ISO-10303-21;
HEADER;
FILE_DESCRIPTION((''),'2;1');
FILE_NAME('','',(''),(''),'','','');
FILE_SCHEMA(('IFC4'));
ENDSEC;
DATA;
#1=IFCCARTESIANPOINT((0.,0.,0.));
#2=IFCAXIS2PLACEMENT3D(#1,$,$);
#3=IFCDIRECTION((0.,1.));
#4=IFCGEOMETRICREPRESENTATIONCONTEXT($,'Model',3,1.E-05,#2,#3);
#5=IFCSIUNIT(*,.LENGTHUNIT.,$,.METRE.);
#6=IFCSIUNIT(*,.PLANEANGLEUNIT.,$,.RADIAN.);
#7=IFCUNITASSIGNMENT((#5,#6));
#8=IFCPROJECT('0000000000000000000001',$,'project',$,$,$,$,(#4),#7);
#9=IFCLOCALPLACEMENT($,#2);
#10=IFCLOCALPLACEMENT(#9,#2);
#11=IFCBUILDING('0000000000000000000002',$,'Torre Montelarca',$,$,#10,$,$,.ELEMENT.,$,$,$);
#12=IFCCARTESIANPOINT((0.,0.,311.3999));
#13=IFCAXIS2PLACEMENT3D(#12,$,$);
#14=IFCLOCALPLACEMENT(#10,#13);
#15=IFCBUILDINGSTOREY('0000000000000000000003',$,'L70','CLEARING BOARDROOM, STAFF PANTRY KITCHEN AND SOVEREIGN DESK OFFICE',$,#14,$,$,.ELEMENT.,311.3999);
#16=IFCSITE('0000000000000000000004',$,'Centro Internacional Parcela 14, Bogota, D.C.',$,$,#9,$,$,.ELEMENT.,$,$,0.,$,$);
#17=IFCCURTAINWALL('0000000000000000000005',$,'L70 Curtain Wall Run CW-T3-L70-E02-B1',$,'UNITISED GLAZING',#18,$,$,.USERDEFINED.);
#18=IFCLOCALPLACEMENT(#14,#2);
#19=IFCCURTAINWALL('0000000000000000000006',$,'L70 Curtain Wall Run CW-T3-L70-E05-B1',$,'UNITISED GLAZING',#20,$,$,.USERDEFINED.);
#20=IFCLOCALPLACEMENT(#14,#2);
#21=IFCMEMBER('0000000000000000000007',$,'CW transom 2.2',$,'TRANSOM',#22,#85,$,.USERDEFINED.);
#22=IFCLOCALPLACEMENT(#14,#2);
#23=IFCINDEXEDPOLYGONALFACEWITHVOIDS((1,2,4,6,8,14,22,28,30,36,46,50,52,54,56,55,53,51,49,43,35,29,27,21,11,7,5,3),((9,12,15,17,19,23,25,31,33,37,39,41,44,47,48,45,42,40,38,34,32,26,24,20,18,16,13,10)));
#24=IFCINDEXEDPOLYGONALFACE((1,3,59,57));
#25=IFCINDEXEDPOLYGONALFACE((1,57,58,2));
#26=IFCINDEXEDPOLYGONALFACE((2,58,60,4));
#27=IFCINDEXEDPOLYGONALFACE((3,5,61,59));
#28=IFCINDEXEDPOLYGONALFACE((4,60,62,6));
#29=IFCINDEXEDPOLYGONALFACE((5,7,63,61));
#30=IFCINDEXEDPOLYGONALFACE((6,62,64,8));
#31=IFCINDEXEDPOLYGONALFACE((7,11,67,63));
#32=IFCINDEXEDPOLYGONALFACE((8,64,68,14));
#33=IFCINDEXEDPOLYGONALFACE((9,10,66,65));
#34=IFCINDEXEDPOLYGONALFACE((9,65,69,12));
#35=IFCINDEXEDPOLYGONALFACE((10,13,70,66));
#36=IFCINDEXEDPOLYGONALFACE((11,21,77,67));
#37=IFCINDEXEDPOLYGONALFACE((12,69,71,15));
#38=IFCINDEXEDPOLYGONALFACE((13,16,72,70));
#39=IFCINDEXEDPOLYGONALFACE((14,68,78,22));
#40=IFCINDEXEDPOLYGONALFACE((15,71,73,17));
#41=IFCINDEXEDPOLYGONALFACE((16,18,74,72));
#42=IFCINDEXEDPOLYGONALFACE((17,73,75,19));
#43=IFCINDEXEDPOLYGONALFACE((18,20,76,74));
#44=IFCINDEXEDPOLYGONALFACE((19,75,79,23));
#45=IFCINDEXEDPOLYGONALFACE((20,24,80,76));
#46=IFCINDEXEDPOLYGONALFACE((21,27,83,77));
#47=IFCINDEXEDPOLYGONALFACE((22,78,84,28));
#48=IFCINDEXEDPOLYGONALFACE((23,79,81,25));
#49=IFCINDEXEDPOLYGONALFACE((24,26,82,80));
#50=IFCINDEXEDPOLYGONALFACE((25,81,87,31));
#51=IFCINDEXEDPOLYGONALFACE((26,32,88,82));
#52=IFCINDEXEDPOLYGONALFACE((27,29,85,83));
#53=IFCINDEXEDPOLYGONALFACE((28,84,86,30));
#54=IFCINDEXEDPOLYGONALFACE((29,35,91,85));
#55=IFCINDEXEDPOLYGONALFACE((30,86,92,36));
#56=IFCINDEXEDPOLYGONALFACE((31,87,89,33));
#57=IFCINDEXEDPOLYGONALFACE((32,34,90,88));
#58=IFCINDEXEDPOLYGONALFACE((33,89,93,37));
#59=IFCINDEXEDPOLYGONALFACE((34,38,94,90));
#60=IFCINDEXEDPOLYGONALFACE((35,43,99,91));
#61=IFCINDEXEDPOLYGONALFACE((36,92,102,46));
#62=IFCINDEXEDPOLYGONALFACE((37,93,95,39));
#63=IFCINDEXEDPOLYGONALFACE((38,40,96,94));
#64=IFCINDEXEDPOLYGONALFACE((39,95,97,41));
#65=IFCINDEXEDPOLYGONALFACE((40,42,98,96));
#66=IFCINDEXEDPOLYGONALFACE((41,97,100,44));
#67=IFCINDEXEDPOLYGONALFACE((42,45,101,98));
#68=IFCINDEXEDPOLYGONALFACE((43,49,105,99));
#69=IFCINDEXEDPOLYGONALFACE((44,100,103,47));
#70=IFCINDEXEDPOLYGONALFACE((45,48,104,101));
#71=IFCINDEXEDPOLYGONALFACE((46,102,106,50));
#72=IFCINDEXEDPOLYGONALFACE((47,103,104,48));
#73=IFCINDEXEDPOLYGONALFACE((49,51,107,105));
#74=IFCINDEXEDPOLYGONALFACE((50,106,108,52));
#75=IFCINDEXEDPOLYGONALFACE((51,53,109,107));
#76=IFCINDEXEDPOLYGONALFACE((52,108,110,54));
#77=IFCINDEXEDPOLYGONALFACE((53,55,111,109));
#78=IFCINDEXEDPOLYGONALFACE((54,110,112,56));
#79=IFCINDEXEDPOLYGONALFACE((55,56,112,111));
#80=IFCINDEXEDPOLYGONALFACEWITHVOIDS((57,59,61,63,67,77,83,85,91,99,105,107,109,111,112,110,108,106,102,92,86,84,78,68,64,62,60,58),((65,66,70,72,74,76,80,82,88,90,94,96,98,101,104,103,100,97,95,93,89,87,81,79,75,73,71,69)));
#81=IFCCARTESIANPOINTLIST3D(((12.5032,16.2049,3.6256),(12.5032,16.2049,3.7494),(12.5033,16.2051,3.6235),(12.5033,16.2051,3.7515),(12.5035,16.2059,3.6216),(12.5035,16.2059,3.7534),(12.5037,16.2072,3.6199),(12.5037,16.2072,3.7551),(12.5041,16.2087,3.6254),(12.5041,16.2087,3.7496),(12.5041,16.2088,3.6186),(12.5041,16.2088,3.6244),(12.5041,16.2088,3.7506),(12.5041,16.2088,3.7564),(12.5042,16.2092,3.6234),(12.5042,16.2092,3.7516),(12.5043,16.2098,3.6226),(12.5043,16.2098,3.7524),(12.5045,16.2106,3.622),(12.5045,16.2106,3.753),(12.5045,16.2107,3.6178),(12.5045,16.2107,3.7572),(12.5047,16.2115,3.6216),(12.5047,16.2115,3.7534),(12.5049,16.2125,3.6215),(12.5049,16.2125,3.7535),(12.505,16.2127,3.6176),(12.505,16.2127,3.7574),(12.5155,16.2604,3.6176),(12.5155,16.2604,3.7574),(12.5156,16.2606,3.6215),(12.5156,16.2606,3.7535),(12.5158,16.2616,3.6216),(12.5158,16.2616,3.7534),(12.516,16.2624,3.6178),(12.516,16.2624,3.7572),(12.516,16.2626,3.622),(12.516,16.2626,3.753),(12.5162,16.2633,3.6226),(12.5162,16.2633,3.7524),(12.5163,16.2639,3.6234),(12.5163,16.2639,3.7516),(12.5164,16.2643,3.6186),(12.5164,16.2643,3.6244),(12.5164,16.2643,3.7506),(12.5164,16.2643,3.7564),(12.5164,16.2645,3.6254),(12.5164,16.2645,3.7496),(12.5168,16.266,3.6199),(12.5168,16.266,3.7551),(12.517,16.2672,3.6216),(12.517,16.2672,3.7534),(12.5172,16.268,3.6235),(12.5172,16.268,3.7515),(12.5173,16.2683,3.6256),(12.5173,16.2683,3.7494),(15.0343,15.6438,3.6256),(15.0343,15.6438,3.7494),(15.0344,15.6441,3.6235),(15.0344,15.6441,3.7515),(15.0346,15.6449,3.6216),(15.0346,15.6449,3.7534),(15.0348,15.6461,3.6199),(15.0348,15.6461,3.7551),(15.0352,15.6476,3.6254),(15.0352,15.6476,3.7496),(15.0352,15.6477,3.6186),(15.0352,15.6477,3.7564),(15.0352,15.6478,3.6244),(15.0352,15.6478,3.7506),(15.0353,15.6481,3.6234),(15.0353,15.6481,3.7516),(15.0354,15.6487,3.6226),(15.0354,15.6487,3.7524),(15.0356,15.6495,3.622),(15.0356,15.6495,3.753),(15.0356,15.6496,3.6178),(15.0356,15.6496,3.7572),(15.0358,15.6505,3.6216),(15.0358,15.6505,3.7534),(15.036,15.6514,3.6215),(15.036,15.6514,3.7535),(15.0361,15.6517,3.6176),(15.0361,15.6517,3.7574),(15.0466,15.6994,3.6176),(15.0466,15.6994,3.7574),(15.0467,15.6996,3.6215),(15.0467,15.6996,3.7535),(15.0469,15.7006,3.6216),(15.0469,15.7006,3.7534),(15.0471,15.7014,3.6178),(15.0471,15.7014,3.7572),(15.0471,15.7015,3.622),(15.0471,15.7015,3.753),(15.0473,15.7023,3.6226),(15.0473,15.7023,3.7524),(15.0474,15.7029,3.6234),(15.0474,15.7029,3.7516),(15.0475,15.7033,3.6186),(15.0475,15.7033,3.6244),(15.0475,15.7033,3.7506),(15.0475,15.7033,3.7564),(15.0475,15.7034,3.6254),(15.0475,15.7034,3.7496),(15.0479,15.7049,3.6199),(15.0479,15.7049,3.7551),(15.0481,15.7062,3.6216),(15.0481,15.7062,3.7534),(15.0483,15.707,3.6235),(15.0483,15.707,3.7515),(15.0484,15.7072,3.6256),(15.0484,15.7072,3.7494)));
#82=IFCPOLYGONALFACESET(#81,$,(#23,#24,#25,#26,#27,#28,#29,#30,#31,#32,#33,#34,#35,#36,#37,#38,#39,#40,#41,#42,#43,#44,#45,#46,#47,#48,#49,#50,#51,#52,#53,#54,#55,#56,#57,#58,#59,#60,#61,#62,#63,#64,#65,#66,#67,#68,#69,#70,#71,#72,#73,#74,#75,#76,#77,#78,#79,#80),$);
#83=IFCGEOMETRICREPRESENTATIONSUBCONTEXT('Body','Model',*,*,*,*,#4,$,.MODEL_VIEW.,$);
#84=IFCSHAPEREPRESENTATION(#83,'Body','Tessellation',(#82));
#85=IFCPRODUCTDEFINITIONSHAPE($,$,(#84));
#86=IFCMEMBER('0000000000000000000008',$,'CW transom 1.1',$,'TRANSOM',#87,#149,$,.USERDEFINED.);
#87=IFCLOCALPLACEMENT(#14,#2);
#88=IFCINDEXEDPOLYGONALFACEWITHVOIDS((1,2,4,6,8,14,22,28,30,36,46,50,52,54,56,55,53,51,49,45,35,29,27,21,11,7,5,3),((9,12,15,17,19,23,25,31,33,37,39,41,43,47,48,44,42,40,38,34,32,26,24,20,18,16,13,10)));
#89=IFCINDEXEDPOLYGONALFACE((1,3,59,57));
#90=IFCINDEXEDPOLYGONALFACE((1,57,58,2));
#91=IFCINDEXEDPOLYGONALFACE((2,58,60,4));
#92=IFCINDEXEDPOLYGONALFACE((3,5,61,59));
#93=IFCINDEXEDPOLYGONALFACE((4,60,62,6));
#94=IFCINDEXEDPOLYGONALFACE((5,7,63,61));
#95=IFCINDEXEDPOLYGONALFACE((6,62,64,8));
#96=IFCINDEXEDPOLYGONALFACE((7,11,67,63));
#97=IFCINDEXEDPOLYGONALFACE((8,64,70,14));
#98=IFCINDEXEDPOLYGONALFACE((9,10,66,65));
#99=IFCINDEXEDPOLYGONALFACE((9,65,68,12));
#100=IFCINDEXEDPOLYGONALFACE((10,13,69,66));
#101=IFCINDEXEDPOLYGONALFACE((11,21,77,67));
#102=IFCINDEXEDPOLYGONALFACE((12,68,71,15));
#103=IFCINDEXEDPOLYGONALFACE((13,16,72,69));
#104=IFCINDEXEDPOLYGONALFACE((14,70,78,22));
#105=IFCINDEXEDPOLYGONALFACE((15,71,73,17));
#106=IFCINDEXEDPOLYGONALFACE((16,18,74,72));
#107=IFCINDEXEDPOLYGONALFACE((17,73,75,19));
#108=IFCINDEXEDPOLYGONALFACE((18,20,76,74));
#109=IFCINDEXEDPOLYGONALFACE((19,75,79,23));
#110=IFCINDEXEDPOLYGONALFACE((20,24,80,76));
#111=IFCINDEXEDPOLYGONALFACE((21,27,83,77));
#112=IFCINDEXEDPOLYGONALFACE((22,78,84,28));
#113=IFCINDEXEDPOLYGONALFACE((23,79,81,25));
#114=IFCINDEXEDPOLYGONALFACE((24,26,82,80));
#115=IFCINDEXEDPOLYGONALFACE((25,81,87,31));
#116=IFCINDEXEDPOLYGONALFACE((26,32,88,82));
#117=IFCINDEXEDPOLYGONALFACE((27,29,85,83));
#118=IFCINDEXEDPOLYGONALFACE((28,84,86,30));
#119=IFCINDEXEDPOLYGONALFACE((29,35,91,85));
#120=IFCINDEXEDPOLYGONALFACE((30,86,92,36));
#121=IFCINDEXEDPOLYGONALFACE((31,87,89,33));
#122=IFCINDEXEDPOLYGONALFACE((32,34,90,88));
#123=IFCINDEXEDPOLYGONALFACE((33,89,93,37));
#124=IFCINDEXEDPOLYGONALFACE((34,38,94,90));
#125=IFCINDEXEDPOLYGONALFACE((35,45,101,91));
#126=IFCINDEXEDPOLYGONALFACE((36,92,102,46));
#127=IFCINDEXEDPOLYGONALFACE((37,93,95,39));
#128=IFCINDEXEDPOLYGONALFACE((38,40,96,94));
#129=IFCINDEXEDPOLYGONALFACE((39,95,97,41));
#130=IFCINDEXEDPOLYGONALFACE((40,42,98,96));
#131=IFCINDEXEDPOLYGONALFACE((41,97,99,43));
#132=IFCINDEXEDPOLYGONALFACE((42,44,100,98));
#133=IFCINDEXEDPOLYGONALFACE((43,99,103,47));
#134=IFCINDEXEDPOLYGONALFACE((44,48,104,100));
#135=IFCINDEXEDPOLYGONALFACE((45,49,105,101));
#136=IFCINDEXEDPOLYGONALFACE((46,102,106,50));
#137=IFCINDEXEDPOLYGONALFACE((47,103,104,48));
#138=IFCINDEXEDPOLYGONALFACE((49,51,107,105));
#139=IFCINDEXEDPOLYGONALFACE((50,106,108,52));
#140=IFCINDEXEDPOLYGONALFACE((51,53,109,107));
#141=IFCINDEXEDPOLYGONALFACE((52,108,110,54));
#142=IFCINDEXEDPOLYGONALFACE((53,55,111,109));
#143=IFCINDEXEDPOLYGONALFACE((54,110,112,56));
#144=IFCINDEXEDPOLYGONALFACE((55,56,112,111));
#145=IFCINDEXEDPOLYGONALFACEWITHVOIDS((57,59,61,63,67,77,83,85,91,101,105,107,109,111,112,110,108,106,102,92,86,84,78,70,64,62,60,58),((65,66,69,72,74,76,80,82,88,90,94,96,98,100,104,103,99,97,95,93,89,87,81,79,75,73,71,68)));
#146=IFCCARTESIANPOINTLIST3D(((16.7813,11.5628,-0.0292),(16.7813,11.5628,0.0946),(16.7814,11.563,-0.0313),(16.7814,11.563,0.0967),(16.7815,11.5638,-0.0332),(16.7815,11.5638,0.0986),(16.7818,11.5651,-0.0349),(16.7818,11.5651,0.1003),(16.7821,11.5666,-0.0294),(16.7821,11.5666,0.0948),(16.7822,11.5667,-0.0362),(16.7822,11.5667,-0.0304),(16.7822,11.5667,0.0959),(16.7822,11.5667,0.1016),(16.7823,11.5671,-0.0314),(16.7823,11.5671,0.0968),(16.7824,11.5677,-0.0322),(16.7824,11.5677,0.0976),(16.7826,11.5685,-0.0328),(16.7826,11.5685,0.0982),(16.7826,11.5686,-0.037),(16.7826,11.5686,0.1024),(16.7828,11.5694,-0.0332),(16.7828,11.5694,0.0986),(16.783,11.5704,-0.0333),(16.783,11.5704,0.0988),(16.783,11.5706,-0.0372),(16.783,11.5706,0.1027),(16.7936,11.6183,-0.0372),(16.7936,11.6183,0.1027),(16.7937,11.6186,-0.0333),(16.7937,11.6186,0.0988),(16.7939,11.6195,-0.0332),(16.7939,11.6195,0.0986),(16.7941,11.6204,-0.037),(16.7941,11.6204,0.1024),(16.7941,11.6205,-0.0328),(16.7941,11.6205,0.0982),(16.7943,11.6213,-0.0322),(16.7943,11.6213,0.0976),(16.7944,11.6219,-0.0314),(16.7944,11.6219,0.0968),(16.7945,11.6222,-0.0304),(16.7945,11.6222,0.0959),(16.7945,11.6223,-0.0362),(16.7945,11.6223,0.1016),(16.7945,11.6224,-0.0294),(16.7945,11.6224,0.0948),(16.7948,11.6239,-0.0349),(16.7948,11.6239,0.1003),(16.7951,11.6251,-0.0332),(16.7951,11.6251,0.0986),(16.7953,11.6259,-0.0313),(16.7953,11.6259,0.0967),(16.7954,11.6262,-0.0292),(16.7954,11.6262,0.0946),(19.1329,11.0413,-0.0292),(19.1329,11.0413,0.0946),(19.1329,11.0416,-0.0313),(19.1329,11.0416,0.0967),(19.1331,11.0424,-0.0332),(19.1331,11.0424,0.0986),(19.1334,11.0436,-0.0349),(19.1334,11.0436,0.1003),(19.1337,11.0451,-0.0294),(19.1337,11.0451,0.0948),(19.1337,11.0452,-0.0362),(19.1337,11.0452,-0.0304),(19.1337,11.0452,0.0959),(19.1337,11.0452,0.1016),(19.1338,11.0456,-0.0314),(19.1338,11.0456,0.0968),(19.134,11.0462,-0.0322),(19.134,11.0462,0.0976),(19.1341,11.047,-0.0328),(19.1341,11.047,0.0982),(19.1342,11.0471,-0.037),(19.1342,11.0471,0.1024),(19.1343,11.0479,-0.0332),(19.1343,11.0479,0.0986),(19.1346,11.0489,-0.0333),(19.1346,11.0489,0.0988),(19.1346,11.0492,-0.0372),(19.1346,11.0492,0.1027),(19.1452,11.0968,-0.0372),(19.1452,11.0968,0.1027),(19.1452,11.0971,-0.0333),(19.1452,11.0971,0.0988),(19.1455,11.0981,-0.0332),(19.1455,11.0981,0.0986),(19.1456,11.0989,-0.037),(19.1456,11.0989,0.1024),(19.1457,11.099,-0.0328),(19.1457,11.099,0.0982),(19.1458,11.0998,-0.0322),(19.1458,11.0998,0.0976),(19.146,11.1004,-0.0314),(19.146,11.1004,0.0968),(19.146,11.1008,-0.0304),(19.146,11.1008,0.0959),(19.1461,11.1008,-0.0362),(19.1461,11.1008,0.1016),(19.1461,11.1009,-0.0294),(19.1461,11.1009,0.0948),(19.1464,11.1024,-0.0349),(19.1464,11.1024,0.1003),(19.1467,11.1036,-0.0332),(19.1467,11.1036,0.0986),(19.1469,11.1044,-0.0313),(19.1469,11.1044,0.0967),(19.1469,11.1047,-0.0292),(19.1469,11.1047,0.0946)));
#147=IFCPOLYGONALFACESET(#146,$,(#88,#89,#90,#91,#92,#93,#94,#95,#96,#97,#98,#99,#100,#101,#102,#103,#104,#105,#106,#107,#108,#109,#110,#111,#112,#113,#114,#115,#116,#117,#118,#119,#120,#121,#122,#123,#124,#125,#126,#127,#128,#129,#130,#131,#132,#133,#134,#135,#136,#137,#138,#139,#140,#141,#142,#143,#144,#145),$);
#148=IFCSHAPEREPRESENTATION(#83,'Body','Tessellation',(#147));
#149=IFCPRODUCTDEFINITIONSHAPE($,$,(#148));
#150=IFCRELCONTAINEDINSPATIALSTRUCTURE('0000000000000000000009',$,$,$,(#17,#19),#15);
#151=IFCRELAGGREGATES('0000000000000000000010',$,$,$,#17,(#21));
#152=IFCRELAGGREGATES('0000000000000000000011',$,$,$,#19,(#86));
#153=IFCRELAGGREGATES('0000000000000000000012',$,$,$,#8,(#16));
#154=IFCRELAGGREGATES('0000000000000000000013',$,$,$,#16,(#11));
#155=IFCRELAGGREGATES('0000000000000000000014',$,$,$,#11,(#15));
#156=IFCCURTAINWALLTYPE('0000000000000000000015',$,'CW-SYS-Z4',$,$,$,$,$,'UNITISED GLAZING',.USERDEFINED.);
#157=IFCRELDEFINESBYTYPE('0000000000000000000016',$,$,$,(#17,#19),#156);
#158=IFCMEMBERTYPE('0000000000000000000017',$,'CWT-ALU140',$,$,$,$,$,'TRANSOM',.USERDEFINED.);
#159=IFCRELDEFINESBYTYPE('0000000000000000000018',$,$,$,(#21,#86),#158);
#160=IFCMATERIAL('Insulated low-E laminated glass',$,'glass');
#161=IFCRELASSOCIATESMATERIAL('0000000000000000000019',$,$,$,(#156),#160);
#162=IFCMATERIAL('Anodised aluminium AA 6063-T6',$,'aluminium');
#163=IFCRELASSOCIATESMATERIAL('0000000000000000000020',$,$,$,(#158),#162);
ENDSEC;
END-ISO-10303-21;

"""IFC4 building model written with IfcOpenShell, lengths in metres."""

from ifc_helpers import new_model, si_unit, direction, frame, origin, origin_2d, place, context, subcontext, project, spatial, hollow_rectangle, extrude, source, transform, mapped, material, material_profile, profile_set, type_object, element, aggregate, save


model = new_model("IFC4")

# Units and contexts
model_context = context("Model", 3, precision=1e-05, world=origin(), true_north=direction((0.0, 1.0)))
body_context = subcontext(model_context, "Body", "Model", "MODEL_VIEW")
ifc_project = project(units=[si_unit("LENGTHUNIT", "METRE"), si_unit("PLANEANGLEUNIT", "RADIAN")], contexts=[model_context])

# Site, building, storey
site_placement = place(None, origin())
site = spatial("IfcSite", under=ifc_project, at=site_placement, Name="Centro Internacional Parcela 14, Bogota, D.C.", CompositionType="ELEMENT", RefElevation=0.0)
building_placement = place(site_placement, origin())
building = spatial("IfcBuilding", under=site, at=building_placement, Name="Torre Montelarca", CompositionType="ELEMENT")
storey_placement = place(building_placement, frame((0.0, 0.0, 311.3999)))
storey = spatial("IfcBuildingStorey", under=building, at=storey_placement, Name="L70", Description="CLEARING BOARDROOM, STAFF PANTRY KITCHEN AND SOVEREIGN DESK OFFICE", CompositionType="ELEMENT", Elevation=311.3999)

# Curtain walls
ifc_material_1 = material(Name="Insulated low-E laminated glass", Category="glass")
curtain_wall_type = type_object("IfcCurtainWallType", Name="CW-SYS-Z4", ElementType="UNITISED GLAZING", PredefinedType="USERDEFINED", material=ifc_material_1)
curtain_wall_1_placement = place(storey_placement, origin())
curtain_wall_1 = element("IfcCurtainWall", 1, at=curtain_wall_1_placement, inside=storey, type_object=curtain_wall_type, Name="L70 Curtain Wall Run CW-T3-L70-E02-B1", ObjectType="UNITISED GLAZING", PredefinedType="USERDEFINED")
ifc_material_2 = material(Name="Anodised aluminium AA 6063-T6", Category="aluminium")
curtain_wall_2_placement = place(storey_placement, origin())
curtain_wall_2 = element("IfcCurtainWall", 2, at=curtain_wall_2_placement, inside=storey, type_object=curtain_wall_type, Name="L70 Curtain Wall Run CW-T3-L70-E05-B1", ObjectType="UNITISED GLAZING", PredefinedType="USERDEFINED")

# Members
ifc_material_profile_1 = material_profile(ifc_material_2, hollow_rectangle(XDim=0.0649, YDim=0.1399, WallThickness=0.0039, InnerFilletRadius=0.0039, OuterFilletRadius=0.0081, at=origin_2d()), Name="ALU65X140X4", Category="aluminium")
ifc_profile_set_1 = profile_set([ifc_material_profile_1], Name="Anodised aluminium AA 6063-T6")
member_type_1 = type_object("IfcMemberType", Name="CWT-ALU140", ElementType="TRANSOM", PredefinedType="USERDEFINED", material=ifc_profile_set_1)
shared_shape_1 = source(origin(), body_context, "Body", "SweptSolid", [
    extrude(hollow_rectangle(XDim=0.0649, YDim=0.1399, WallThickness=0.0039, InnerFilletRadius=0.0039, OuterFilletRadius=0.0081, at=origin_2d()), origin(), (0.0, 0.0, 1.0), 2.5925),
])
member_1_placement = place(storey_placement, frame((12.5103, 16.2366, 3.6875), z_axis=(0.976302, -0.216412, 0.0), x_axis=(0.216412, 0.976302, 0.0)))
member_1 = element("IfcMember", 3, at=member_1_placement, type_object=member_type_1, Name="CW transom 2.2", ObjectType="TRANSOM", PredefinedType="USERDEFINED", context=body_context, shape_type="MappedRepresentation", body=[
    mapped(shared_shape_1, transform((0.0, 0.0, 0.0), scale=1.0)),
])
shared_shape_2 = source(origin(), body_context, "Body", "SweptSolid", [
    extrude(hollow_rectangle(XDim=0.0649, YDim=0.1399, WallThickness=0.0039, InnerFilletRadius=0.0039, OuterFilletRadius=0.0081, at=origin_2d()), origin(), (0.0, 0.0, 1.0), 2.4087),
])
member_2_placement = place(storey_placement, frame((16.7883, 11.5945, 0.0327), z_axis=(0.976282, -0.216501, 0.0), x_axis=(0.216501, 0.976282, 0.0)))
member_2 = element("IfcMember", 4, at=member_2_placement, type_object=member_type_1, Name="CW transom 1.1", ObjectType="TRANSOM", PredefinedType="USERDEFINED", context=body_context, shape_type="MappedRepresentation", body=[
    mapped(shared_shape_2, transform((0.0, 0.0, 0.0), scale=1.0)),
])

aggregate(curtain_wall_1, [member_1])
aggregate(curtain_wall_2, [member_2])

save(model, "model.ifc")
